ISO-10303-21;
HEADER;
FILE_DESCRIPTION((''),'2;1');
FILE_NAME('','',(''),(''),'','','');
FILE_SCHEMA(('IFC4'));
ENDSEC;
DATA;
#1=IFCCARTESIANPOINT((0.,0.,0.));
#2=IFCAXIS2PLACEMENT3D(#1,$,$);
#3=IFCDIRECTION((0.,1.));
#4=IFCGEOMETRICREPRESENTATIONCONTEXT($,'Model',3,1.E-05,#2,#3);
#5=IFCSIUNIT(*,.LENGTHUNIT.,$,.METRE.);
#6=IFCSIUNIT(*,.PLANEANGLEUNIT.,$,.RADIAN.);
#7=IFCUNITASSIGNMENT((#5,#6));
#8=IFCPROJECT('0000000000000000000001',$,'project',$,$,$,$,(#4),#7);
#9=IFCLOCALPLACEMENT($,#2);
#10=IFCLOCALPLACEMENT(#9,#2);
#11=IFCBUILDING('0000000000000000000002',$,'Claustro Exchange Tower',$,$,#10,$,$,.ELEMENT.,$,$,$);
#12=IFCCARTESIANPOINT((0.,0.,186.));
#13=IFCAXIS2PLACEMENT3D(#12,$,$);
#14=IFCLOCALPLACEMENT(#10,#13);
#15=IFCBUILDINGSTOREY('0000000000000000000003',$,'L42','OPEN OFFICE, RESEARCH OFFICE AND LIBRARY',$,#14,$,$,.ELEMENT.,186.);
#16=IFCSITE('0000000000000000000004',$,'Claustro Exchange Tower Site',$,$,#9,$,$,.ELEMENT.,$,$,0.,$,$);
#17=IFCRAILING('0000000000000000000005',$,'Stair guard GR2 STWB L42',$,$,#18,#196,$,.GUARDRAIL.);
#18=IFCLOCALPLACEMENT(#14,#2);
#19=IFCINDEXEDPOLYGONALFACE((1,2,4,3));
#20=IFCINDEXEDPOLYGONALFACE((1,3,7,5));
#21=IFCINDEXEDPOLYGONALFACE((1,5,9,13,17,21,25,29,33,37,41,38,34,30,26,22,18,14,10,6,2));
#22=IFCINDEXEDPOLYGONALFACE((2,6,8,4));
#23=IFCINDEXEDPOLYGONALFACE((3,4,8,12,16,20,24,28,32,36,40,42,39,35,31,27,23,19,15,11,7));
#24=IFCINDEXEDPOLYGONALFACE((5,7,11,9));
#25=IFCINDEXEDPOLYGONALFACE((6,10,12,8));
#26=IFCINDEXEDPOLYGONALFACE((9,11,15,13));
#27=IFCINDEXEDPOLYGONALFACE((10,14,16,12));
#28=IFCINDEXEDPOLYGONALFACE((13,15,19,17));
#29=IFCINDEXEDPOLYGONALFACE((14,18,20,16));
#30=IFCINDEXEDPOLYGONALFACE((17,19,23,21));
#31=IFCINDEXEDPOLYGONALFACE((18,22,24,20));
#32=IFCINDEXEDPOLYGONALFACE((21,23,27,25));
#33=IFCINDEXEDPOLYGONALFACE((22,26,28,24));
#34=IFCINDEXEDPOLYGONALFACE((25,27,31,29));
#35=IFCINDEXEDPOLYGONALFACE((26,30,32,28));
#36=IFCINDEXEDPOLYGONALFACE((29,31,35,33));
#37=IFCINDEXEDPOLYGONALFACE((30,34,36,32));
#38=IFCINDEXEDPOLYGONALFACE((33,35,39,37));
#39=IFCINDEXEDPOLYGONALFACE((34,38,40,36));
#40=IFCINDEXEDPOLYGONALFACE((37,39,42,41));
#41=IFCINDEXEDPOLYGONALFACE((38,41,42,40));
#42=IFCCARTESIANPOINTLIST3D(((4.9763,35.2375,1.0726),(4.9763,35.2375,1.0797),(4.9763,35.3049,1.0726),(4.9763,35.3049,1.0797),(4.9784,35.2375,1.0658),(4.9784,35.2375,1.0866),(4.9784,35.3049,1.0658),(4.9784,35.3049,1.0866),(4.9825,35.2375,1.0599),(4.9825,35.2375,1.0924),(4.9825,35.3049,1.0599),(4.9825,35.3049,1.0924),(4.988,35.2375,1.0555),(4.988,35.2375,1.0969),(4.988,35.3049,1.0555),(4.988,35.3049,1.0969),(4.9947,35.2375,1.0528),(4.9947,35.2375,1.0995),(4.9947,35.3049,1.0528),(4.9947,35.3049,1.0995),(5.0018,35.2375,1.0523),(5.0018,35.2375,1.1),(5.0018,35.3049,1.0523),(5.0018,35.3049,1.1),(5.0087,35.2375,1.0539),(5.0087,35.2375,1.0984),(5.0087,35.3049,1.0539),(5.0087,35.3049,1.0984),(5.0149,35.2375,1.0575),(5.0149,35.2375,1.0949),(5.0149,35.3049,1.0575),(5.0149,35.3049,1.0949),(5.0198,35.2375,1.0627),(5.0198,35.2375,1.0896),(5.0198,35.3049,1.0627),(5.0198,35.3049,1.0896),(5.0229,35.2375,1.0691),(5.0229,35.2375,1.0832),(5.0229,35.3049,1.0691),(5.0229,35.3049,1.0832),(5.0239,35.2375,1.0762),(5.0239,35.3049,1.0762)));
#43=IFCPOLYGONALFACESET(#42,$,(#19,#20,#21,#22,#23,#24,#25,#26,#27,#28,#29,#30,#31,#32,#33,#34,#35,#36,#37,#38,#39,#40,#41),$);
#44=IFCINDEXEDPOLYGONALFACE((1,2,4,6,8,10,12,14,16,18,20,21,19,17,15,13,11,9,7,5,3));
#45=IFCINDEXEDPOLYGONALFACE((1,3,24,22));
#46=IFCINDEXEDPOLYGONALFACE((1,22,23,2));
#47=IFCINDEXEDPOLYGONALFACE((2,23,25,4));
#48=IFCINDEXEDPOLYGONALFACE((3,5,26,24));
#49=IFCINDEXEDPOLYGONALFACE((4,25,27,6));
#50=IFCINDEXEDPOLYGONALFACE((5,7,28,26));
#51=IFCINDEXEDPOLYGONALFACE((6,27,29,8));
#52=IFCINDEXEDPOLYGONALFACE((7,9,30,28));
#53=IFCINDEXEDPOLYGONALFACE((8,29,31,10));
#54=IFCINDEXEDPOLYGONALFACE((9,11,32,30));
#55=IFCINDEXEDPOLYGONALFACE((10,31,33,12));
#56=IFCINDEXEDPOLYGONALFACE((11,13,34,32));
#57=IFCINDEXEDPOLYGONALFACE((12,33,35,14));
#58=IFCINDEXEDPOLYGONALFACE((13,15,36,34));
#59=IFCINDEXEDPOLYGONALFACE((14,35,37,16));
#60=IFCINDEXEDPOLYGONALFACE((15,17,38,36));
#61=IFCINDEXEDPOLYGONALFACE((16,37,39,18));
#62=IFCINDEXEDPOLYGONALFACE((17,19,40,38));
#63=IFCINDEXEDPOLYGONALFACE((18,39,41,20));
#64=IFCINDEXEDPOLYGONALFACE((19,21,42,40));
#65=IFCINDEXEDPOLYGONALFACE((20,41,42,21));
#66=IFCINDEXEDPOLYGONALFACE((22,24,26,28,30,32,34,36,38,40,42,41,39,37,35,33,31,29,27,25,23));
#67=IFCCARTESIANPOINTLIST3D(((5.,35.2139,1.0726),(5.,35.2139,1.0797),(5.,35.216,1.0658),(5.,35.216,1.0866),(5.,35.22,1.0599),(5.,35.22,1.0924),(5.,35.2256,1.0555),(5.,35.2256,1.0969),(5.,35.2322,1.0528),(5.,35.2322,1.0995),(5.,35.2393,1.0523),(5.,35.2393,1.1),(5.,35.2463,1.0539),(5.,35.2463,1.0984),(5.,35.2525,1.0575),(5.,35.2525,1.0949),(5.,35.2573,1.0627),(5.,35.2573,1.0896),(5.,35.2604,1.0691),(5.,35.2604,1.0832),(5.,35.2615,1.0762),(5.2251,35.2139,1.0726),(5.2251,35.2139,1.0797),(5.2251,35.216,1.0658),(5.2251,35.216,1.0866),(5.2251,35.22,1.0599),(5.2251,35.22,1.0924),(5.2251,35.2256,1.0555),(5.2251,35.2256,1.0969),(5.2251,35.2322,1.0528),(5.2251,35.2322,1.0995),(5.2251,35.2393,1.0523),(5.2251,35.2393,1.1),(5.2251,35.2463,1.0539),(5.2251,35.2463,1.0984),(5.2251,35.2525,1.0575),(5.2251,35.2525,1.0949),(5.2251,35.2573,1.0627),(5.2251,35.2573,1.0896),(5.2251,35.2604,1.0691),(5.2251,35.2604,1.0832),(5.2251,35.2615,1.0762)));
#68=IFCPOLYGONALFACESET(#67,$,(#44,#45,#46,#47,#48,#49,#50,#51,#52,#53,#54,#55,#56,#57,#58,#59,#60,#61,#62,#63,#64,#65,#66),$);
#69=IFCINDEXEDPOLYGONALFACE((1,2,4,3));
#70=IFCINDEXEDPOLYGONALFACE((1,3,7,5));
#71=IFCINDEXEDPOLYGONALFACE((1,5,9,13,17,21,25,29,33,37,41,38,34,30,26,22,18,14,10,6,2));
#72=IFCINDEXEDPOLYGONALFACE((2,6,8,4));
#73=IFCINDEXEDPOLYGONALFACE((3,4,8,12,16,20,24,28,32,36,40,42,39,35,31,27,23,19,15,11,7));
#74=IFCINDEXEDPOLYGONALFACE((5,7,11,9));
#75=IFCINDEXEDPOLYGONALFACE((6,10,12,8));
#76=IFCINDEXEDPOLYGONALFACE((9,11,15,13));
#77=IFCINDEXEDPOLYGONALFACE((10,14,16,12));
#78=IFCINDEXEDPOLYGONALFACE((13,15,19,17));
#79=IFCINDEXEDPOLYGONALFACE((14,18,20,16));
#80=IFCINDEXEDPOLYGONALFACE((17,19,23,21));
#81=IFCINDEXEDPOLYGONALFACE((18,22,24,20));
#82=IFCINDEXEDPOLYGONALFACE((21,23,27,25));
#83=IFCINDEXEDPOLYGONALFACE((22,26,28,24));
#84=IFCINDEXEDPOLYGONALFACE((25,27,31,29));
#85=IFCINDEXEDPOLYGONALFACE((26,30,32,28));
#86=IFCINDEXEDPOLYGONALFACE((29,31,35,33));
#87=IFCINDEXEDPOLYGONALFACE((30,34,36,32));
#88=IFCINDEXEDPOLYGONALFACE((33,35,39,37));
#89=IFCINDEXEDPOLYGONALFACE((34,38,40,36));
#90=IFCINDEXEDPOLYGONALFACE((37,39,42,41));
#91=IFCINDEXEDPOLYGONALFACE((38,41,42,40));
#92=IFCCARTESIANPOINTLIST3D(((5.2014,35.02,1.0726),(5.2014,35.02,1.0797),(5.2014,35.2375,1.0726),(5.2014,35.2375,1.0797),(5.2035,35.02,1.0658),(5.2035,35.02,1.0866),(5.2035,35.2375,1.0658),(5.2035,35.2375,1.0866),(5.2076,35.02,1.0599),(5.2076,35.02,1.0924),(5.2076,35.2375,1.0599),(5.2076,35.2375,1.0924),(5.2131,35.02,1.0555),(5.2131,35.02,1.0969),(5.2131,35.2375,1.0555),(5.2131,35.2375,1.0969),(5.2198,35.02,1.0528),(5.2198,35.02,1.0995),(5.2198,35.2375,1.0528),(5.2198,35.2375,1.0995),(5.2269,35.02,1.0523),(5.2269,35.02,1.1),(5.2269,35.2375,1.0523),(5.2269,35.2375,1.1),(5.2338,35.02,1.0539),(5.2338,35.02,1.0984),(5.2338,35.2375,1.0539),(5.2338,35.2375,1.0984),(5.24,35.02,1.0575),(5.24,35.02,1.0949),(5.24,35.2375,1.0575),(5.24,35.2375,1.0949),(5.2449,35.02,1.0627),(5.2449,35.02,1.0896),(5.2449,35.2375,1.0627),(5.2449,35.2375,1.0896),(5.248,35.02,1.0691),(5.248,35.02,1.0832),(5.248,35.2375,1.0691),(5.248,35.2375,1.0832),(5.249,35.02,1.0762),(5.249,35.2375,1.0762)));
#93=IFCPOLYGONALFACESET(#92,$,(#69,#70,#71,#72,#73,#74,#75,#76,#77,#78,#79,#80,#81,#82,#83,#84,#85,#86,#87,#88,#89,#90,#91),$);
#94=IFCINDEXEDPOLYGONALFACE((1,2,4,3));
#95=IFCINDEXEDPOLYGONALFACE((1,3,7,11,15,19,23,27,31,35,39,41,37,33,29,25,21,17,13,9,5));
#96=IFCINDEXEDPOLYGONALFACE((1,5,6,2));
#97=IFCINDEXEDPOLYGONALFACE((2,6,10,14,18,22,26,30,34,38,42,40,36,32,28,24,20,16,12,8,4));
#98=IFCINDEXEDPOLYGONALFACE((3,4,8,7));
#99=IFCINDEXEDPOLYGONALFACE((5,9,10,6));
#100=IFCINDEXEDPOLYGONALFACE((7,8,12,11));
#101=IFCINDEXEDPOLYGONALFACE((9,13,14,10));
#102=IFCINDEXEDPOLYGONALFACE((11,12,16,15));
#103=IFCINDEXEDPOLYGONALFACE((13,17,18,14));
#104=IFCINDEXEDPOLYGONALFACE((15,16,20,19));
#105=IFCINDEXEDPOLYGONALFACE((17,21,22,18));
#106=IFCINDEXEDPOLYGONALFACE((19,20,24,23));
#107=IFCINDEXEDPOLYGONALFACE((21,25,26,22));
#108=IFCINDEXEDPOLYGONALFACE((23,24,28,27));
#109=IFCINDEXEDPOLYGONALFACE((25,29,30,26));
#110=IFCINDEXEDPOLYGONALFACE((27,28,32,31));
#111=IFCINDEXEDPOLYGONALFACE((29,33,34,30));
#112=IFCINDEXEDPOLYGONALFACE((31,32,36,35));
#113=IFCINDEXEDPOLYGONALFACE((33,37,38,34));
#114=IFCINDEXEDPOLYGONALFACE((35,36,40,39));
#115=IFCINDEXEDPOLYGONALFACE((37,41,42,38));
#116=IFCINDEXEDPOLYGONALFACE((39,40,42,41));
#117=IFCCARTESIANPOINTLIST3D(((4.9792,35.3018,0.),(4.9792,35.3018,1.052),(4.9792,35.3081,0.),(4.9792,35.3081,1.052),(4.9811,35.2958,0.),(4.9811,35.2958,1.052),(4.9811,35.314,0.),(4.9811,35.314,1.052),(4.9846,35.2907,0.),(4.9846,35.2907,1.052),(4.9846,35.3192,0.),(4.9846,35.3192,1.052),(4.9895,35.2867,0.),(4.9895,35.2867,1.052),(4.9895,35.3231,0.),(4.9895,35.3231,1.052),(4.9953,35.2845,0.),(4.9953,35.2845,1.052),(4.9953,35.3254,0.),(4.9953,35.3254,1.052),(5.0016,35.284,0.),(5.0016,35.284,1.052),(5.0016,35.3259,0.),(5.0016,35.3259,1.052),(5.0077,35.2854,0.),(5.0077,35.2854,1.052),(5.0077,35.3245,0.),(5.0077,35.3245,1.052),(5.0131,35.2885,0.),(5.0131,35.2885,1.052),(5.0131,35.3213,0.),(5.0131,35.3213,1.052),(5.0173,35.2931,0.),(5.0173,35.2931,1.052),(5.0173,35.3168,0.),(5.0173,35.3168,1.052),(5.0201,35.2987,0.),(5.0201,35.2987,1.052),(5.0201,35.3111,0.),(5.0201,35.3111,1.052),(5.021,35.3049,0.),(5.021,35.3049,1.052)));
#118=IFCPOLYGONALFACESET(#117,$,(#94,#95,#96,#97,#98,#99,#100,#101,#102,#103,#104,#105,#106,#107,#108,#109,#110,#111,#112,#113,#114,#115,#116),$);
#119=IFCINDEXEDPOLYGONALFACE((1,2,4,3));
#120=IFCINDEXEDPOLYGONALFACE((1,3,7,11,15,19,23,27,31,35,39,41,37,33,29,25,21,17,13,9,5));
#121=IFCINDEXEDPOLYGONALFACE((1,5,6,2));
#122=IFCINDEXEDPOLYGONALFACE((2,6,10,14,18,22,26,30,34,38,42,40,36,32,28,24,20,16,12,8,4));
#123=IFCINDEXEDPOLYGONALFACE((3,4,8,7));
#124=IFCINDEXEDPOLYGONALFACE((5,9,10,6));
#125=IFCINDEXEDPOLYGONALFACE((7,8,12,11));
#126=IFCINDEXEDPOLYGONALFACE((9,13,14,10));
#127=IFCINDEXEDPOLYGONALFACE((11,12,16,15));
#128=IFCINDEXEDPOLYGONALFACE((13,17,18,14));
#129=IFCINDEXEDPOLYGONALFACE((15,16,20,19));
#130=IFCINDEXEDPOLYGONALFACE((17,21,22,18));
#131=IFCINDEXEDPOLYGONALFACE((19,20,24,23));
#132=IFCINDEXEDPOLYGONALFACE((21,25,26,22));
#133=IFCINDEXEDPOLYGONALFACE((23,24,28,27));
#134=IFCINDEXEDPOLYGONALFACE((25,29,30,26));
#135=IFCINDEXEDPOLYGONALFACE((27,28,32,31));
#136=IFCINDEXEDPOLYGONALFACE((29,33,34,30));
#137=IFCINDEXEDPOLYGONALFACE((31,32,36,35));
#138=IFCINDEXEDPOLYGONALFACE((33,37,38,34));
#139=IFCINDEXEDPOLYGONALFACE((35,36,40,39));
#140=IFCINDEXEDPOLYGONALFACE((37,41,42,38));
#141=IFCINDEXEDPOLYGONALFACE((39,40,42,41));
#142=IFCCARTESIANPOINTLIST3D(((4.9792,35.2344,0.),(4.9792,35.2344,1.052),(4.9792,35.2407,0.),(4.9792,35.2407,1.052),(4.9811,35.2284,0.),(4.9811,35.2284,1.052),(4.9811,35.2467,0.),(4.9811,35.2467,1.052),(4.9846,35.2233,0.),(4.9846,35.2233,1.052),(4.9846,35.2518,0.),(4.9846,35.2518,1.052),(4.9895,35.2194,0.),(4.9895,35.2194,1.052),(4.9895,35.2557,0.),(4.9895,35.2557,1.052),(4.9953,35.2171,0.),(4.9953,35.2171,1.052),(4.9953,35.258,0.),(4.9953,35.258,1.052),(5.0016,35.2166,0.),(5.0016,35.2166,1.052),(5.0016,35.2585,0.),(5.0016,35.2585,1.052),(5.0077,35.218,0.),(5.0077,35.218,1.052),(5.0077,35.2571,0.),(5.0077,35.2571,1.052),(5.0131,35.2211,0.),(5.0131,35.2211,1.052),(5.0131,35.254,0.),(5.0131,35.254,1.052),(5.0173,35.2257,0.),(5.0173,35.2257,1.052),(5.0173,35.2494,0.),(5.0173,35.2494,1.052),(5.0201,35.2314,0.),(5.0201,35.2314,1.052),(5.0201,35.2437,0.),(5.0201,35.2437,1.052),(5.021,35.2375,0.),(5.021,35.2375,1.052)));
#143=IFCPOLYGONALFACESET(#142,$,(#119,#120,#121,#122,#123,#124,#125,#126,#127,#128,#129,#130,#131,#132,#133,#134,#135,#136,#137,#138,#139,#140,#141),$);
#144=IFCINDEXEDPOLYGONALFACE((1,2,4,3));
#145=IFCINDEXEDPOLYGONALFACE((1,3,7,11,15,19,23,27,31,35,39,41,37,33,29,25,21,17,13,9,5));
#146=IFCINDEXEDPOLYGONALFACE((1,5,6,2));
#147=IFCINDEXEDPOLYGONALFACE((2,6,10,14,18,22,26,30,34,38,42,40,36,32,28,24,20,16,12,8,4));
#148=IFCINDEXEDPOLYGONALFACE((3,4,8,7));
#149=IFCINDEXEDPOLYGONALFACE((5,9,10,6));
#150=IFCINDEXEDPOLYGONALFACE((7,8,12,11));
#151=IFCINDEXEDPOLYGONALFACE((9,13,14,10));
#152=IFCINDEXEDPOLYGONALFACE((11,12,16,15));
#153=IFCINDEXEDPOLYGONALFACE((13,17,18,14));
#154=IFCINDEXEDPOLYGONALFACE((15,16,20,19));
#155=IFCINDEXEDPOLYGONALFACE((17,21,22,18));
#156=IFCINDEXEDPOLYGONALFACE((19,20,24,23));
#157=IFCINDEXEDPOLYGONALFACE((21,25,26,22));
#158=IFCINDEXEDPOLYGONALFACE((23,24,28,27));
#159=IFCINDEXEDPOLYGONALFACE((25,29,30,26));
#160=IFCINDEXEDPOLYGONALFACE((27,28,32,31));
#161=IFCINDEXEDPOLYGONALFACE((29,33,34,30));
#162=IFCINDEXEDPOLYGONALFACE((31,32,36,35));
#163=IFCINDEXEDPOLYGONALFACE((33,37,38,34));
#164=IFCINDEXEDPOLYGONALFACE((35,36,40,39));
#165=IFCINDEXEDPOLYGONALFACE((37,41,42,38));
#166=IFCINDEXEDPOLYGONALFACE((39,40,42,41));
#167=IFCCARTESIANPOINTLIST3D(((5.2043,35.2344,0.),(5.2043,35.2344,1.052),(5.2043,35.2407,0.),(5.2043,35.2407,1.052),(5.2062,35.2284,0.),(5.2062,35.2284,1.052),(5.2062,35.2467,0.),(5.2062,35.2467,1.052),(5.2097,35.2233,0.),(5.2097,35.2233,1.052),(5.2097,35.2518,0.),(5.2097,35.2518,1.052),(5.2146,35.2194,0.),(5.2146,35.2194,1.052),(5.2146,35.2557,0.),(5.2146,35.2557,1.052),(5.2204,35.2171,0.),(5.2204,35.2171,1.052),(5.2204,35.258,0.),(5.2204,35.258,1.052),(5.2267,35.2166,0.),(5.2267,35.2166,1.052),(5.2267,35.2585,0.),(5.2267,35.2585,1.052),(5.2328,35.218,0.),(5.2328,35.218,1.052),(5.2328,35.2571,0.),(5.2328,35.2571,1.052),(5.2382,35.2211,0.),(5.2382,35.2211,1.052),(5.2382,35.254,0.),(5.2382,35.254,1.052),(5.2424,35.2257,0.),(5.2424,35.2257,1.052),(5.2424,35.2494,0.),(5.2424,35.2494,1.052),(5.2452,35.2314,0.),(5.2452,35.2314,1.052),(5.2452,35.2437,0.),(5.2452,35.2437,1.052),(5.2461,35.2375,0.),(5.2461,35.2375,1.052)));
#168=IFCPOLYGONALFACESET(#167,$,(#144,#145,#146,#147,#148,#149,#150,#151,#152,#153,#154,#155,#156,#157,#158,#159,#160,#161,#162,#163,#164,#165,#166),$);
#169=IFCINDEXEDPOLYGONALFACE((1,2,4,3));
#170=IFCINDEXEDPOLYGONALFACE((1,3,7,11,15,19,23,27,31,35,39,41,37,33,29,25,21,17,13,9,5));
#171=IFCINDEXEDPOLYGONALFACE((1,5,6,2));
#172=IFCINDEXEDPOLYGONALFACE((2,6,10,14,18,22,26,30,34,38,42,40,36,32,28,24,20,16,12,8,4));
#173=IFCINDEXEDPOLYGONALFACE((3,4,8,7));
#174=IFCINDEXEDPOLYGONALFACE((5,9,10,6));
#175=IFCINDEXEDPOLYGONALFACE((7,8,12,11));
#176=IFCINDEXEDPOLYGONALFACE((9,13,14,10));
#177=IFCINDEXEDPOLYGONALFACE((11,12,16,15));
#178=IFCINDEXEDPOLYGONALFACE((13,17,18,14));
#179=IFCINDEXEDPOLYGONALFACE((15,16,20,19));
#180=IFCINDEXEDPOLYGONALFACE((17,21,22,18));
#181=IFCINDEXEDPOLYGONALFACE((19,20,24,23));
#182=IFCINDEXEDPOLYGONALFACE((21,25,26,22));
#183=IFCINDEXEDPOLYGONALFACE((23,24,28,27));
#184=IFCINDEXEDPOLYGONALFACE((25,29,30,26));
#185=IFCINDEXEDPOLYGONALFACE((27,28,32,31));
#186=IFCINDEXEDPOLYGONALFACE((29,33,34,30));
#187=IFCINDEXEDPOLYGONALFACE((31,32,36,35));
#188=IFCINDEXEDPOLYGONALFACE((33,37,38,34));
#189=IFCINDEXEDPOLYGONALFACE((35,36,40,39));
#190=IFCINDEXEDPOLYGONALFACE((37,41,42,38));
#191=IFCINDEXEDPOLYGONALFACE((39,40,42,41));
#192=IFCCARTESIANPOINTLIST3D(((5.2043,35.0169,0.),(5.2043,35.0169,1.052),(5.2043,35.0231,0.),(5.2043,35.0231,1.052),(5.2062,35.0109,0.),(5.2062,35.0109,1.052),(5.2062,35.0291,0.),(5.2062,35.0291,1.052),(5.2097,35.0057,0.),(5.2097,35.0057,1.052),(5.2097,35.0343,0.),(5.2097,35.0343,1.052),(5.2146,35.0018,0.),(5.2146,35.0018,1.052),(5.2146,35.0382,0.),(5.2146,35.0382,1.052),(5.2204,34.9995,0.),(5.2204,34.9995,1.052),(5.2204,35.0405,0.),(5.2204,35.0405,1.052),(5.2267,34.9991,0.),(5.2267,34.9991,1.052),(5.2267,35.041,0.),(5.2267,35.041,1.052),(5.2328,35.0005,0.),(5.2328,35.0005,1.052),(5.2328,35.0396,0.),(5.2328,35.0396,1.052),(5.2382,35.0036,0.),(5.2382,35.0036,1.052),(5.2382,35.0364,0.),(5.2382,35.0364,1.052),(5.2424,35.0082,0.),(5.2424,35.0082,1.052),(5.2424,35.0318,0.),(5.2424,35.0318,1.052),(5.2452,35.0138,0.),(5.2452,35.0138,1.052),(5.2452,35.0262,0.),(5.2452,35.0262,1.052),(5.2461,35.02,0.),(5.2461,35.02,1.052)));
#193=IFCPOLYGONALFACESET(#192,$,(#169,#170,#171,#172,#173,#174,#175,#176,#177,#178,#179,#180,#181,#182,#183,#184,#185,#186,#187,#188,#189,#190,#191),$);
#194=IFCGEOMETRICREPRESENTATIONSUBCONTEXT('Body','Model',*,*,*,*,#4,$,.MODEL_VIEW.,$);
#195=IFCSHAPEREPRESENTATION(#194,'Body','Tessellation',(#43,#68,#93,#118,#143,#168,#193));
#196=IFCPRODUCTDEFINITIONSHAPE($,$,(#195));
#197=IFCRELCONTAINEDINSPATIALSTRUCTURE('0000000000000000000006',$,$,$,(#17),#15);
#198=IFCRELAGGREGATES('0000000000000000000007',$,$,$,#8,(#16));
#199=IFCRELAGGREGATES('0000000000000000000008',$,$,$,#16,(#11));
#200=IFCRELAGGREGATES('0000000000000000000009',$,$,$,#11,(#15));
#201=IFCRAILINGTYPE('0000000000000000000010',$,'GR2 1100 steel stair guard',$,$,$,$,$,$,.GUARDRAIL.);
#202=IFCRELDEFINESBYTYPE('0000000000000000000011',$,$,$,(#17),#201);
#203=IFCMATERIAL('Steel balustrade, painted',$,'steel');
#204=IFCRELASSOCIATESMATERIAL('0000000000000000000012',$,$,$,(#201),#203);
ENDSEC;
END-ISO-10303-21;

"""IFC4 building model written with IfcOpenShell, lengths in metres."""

from ifc_helpers import new_model, si_unit, direction, frame, origin, origin_2d, place, context, subcontext, project, spatial, circle, extrude, material, type_object, element, save


model = new_model("IFC4")

# Units and contexts
model_context = context("Model", 3, precision=1e-05, world=origin(), true_north=direction((0.0, 1.0)))
body_context = subcontext(model_context, "Body", "Model", "MODEL_VIEW")
ifc_project = project(units=[si_unit("LENGTHUNIT", "METRE"), si_unit("PLANEANGLEUNIT", "RADIAN")], contexts=[model_context])

# Site, building, storey
site_placement = place(None, origin())
site = spatial("IfcSite", under=ifc_project, at=site_placement, Name="Claustro Exchange Tower Site", CompositionType="ELEMENT", RefElevation=0.0)
building_placement = place(site_placement, origin())
building = spatial("IfcBuilding", under=site, at=building_placement, Name="Claustro Exchange Tower", CompositionType="ELEMENT")
storey_placement = place(building_placement, frame((0.0, 0.0, 186.0)))
storey = spatial("IfcBuildingStorey", under=building, at=storey_placement, Name="L42", Description="OPEN OFFICE, RESEARCH OFFICE AND LIBRARY", CompositionType="ELEMENT", Elevation=186.0)

# Railing
ifc_material_1 = material(Name="Steel balustrade, painted", Category="steel")
railing_type_1 = type_object("IfcRailingType", Name="GR2 1100 steel stair guard", PredefinedType="GUARDRAIL", material=ifc_material_1)
railing_1_placement = place(storey_placement, frame((5.0, 35.3049, 0.0)))
element("IfcRailing", 1, at=railing_1_placement, inside=storey, type_object=railing_type_1, Name="Stair guard GR2 STWB L42", PredefinedType="GUARDRAIL", context=body_context, shape_type="SweptSolid", body=[
    extrude(circle(Radius=0.0239, at=origin_2d()), frame((0.0, 0.0, 1.0762), z_axis=(0.0, -1.0, 0.0), x_axis=(1.0, 0.0, 0.0)), (0.0, 0.0, 1.0), 0.0674),
    extrude(circle(Radius=0.0239, at=origin_2d()), frame((0.0, -0.0674, 1.0762), z_axis=(1.0, 0.0, 0.0), x_axis=(0.0, 1.0, 0.0)), (0.0, 0.0, 1.0), 0.2251),
    extrude(circle(Radius=0.0239, at=origin_2d()), frame((0.2251, -0.0674, 1.0762), z_axis=(0.0, -1.0, 0.0), x_axis=(1.0, 0.0, 0.0)), (0.0, 0.0, 1.0), 0.2175),
    extrude(circle(Radius=0.021, at=origin_2d()), origin(), (0.0, 0.0, 1.0), 1.052),
    extrude(circle(Radius=0.021, at=origin_2d()), frame((0.0, -0.0674, 0.0)), (0.0, 0.0, 1.0), 1.052),
    extrude(circle(Radius=0.021, at=origin_2d()), frame((0.2251, -0.0674, 0.0)), (0.0, 0.0, 1.0), 1.052),
    extrude(circle(Radius=0.021, at=origin_2d()), frame((0.2251, -0.2849, 0.0)), (0.0, 0.0, 1.0), 1.052),
])

save(model, "model.ifc")
